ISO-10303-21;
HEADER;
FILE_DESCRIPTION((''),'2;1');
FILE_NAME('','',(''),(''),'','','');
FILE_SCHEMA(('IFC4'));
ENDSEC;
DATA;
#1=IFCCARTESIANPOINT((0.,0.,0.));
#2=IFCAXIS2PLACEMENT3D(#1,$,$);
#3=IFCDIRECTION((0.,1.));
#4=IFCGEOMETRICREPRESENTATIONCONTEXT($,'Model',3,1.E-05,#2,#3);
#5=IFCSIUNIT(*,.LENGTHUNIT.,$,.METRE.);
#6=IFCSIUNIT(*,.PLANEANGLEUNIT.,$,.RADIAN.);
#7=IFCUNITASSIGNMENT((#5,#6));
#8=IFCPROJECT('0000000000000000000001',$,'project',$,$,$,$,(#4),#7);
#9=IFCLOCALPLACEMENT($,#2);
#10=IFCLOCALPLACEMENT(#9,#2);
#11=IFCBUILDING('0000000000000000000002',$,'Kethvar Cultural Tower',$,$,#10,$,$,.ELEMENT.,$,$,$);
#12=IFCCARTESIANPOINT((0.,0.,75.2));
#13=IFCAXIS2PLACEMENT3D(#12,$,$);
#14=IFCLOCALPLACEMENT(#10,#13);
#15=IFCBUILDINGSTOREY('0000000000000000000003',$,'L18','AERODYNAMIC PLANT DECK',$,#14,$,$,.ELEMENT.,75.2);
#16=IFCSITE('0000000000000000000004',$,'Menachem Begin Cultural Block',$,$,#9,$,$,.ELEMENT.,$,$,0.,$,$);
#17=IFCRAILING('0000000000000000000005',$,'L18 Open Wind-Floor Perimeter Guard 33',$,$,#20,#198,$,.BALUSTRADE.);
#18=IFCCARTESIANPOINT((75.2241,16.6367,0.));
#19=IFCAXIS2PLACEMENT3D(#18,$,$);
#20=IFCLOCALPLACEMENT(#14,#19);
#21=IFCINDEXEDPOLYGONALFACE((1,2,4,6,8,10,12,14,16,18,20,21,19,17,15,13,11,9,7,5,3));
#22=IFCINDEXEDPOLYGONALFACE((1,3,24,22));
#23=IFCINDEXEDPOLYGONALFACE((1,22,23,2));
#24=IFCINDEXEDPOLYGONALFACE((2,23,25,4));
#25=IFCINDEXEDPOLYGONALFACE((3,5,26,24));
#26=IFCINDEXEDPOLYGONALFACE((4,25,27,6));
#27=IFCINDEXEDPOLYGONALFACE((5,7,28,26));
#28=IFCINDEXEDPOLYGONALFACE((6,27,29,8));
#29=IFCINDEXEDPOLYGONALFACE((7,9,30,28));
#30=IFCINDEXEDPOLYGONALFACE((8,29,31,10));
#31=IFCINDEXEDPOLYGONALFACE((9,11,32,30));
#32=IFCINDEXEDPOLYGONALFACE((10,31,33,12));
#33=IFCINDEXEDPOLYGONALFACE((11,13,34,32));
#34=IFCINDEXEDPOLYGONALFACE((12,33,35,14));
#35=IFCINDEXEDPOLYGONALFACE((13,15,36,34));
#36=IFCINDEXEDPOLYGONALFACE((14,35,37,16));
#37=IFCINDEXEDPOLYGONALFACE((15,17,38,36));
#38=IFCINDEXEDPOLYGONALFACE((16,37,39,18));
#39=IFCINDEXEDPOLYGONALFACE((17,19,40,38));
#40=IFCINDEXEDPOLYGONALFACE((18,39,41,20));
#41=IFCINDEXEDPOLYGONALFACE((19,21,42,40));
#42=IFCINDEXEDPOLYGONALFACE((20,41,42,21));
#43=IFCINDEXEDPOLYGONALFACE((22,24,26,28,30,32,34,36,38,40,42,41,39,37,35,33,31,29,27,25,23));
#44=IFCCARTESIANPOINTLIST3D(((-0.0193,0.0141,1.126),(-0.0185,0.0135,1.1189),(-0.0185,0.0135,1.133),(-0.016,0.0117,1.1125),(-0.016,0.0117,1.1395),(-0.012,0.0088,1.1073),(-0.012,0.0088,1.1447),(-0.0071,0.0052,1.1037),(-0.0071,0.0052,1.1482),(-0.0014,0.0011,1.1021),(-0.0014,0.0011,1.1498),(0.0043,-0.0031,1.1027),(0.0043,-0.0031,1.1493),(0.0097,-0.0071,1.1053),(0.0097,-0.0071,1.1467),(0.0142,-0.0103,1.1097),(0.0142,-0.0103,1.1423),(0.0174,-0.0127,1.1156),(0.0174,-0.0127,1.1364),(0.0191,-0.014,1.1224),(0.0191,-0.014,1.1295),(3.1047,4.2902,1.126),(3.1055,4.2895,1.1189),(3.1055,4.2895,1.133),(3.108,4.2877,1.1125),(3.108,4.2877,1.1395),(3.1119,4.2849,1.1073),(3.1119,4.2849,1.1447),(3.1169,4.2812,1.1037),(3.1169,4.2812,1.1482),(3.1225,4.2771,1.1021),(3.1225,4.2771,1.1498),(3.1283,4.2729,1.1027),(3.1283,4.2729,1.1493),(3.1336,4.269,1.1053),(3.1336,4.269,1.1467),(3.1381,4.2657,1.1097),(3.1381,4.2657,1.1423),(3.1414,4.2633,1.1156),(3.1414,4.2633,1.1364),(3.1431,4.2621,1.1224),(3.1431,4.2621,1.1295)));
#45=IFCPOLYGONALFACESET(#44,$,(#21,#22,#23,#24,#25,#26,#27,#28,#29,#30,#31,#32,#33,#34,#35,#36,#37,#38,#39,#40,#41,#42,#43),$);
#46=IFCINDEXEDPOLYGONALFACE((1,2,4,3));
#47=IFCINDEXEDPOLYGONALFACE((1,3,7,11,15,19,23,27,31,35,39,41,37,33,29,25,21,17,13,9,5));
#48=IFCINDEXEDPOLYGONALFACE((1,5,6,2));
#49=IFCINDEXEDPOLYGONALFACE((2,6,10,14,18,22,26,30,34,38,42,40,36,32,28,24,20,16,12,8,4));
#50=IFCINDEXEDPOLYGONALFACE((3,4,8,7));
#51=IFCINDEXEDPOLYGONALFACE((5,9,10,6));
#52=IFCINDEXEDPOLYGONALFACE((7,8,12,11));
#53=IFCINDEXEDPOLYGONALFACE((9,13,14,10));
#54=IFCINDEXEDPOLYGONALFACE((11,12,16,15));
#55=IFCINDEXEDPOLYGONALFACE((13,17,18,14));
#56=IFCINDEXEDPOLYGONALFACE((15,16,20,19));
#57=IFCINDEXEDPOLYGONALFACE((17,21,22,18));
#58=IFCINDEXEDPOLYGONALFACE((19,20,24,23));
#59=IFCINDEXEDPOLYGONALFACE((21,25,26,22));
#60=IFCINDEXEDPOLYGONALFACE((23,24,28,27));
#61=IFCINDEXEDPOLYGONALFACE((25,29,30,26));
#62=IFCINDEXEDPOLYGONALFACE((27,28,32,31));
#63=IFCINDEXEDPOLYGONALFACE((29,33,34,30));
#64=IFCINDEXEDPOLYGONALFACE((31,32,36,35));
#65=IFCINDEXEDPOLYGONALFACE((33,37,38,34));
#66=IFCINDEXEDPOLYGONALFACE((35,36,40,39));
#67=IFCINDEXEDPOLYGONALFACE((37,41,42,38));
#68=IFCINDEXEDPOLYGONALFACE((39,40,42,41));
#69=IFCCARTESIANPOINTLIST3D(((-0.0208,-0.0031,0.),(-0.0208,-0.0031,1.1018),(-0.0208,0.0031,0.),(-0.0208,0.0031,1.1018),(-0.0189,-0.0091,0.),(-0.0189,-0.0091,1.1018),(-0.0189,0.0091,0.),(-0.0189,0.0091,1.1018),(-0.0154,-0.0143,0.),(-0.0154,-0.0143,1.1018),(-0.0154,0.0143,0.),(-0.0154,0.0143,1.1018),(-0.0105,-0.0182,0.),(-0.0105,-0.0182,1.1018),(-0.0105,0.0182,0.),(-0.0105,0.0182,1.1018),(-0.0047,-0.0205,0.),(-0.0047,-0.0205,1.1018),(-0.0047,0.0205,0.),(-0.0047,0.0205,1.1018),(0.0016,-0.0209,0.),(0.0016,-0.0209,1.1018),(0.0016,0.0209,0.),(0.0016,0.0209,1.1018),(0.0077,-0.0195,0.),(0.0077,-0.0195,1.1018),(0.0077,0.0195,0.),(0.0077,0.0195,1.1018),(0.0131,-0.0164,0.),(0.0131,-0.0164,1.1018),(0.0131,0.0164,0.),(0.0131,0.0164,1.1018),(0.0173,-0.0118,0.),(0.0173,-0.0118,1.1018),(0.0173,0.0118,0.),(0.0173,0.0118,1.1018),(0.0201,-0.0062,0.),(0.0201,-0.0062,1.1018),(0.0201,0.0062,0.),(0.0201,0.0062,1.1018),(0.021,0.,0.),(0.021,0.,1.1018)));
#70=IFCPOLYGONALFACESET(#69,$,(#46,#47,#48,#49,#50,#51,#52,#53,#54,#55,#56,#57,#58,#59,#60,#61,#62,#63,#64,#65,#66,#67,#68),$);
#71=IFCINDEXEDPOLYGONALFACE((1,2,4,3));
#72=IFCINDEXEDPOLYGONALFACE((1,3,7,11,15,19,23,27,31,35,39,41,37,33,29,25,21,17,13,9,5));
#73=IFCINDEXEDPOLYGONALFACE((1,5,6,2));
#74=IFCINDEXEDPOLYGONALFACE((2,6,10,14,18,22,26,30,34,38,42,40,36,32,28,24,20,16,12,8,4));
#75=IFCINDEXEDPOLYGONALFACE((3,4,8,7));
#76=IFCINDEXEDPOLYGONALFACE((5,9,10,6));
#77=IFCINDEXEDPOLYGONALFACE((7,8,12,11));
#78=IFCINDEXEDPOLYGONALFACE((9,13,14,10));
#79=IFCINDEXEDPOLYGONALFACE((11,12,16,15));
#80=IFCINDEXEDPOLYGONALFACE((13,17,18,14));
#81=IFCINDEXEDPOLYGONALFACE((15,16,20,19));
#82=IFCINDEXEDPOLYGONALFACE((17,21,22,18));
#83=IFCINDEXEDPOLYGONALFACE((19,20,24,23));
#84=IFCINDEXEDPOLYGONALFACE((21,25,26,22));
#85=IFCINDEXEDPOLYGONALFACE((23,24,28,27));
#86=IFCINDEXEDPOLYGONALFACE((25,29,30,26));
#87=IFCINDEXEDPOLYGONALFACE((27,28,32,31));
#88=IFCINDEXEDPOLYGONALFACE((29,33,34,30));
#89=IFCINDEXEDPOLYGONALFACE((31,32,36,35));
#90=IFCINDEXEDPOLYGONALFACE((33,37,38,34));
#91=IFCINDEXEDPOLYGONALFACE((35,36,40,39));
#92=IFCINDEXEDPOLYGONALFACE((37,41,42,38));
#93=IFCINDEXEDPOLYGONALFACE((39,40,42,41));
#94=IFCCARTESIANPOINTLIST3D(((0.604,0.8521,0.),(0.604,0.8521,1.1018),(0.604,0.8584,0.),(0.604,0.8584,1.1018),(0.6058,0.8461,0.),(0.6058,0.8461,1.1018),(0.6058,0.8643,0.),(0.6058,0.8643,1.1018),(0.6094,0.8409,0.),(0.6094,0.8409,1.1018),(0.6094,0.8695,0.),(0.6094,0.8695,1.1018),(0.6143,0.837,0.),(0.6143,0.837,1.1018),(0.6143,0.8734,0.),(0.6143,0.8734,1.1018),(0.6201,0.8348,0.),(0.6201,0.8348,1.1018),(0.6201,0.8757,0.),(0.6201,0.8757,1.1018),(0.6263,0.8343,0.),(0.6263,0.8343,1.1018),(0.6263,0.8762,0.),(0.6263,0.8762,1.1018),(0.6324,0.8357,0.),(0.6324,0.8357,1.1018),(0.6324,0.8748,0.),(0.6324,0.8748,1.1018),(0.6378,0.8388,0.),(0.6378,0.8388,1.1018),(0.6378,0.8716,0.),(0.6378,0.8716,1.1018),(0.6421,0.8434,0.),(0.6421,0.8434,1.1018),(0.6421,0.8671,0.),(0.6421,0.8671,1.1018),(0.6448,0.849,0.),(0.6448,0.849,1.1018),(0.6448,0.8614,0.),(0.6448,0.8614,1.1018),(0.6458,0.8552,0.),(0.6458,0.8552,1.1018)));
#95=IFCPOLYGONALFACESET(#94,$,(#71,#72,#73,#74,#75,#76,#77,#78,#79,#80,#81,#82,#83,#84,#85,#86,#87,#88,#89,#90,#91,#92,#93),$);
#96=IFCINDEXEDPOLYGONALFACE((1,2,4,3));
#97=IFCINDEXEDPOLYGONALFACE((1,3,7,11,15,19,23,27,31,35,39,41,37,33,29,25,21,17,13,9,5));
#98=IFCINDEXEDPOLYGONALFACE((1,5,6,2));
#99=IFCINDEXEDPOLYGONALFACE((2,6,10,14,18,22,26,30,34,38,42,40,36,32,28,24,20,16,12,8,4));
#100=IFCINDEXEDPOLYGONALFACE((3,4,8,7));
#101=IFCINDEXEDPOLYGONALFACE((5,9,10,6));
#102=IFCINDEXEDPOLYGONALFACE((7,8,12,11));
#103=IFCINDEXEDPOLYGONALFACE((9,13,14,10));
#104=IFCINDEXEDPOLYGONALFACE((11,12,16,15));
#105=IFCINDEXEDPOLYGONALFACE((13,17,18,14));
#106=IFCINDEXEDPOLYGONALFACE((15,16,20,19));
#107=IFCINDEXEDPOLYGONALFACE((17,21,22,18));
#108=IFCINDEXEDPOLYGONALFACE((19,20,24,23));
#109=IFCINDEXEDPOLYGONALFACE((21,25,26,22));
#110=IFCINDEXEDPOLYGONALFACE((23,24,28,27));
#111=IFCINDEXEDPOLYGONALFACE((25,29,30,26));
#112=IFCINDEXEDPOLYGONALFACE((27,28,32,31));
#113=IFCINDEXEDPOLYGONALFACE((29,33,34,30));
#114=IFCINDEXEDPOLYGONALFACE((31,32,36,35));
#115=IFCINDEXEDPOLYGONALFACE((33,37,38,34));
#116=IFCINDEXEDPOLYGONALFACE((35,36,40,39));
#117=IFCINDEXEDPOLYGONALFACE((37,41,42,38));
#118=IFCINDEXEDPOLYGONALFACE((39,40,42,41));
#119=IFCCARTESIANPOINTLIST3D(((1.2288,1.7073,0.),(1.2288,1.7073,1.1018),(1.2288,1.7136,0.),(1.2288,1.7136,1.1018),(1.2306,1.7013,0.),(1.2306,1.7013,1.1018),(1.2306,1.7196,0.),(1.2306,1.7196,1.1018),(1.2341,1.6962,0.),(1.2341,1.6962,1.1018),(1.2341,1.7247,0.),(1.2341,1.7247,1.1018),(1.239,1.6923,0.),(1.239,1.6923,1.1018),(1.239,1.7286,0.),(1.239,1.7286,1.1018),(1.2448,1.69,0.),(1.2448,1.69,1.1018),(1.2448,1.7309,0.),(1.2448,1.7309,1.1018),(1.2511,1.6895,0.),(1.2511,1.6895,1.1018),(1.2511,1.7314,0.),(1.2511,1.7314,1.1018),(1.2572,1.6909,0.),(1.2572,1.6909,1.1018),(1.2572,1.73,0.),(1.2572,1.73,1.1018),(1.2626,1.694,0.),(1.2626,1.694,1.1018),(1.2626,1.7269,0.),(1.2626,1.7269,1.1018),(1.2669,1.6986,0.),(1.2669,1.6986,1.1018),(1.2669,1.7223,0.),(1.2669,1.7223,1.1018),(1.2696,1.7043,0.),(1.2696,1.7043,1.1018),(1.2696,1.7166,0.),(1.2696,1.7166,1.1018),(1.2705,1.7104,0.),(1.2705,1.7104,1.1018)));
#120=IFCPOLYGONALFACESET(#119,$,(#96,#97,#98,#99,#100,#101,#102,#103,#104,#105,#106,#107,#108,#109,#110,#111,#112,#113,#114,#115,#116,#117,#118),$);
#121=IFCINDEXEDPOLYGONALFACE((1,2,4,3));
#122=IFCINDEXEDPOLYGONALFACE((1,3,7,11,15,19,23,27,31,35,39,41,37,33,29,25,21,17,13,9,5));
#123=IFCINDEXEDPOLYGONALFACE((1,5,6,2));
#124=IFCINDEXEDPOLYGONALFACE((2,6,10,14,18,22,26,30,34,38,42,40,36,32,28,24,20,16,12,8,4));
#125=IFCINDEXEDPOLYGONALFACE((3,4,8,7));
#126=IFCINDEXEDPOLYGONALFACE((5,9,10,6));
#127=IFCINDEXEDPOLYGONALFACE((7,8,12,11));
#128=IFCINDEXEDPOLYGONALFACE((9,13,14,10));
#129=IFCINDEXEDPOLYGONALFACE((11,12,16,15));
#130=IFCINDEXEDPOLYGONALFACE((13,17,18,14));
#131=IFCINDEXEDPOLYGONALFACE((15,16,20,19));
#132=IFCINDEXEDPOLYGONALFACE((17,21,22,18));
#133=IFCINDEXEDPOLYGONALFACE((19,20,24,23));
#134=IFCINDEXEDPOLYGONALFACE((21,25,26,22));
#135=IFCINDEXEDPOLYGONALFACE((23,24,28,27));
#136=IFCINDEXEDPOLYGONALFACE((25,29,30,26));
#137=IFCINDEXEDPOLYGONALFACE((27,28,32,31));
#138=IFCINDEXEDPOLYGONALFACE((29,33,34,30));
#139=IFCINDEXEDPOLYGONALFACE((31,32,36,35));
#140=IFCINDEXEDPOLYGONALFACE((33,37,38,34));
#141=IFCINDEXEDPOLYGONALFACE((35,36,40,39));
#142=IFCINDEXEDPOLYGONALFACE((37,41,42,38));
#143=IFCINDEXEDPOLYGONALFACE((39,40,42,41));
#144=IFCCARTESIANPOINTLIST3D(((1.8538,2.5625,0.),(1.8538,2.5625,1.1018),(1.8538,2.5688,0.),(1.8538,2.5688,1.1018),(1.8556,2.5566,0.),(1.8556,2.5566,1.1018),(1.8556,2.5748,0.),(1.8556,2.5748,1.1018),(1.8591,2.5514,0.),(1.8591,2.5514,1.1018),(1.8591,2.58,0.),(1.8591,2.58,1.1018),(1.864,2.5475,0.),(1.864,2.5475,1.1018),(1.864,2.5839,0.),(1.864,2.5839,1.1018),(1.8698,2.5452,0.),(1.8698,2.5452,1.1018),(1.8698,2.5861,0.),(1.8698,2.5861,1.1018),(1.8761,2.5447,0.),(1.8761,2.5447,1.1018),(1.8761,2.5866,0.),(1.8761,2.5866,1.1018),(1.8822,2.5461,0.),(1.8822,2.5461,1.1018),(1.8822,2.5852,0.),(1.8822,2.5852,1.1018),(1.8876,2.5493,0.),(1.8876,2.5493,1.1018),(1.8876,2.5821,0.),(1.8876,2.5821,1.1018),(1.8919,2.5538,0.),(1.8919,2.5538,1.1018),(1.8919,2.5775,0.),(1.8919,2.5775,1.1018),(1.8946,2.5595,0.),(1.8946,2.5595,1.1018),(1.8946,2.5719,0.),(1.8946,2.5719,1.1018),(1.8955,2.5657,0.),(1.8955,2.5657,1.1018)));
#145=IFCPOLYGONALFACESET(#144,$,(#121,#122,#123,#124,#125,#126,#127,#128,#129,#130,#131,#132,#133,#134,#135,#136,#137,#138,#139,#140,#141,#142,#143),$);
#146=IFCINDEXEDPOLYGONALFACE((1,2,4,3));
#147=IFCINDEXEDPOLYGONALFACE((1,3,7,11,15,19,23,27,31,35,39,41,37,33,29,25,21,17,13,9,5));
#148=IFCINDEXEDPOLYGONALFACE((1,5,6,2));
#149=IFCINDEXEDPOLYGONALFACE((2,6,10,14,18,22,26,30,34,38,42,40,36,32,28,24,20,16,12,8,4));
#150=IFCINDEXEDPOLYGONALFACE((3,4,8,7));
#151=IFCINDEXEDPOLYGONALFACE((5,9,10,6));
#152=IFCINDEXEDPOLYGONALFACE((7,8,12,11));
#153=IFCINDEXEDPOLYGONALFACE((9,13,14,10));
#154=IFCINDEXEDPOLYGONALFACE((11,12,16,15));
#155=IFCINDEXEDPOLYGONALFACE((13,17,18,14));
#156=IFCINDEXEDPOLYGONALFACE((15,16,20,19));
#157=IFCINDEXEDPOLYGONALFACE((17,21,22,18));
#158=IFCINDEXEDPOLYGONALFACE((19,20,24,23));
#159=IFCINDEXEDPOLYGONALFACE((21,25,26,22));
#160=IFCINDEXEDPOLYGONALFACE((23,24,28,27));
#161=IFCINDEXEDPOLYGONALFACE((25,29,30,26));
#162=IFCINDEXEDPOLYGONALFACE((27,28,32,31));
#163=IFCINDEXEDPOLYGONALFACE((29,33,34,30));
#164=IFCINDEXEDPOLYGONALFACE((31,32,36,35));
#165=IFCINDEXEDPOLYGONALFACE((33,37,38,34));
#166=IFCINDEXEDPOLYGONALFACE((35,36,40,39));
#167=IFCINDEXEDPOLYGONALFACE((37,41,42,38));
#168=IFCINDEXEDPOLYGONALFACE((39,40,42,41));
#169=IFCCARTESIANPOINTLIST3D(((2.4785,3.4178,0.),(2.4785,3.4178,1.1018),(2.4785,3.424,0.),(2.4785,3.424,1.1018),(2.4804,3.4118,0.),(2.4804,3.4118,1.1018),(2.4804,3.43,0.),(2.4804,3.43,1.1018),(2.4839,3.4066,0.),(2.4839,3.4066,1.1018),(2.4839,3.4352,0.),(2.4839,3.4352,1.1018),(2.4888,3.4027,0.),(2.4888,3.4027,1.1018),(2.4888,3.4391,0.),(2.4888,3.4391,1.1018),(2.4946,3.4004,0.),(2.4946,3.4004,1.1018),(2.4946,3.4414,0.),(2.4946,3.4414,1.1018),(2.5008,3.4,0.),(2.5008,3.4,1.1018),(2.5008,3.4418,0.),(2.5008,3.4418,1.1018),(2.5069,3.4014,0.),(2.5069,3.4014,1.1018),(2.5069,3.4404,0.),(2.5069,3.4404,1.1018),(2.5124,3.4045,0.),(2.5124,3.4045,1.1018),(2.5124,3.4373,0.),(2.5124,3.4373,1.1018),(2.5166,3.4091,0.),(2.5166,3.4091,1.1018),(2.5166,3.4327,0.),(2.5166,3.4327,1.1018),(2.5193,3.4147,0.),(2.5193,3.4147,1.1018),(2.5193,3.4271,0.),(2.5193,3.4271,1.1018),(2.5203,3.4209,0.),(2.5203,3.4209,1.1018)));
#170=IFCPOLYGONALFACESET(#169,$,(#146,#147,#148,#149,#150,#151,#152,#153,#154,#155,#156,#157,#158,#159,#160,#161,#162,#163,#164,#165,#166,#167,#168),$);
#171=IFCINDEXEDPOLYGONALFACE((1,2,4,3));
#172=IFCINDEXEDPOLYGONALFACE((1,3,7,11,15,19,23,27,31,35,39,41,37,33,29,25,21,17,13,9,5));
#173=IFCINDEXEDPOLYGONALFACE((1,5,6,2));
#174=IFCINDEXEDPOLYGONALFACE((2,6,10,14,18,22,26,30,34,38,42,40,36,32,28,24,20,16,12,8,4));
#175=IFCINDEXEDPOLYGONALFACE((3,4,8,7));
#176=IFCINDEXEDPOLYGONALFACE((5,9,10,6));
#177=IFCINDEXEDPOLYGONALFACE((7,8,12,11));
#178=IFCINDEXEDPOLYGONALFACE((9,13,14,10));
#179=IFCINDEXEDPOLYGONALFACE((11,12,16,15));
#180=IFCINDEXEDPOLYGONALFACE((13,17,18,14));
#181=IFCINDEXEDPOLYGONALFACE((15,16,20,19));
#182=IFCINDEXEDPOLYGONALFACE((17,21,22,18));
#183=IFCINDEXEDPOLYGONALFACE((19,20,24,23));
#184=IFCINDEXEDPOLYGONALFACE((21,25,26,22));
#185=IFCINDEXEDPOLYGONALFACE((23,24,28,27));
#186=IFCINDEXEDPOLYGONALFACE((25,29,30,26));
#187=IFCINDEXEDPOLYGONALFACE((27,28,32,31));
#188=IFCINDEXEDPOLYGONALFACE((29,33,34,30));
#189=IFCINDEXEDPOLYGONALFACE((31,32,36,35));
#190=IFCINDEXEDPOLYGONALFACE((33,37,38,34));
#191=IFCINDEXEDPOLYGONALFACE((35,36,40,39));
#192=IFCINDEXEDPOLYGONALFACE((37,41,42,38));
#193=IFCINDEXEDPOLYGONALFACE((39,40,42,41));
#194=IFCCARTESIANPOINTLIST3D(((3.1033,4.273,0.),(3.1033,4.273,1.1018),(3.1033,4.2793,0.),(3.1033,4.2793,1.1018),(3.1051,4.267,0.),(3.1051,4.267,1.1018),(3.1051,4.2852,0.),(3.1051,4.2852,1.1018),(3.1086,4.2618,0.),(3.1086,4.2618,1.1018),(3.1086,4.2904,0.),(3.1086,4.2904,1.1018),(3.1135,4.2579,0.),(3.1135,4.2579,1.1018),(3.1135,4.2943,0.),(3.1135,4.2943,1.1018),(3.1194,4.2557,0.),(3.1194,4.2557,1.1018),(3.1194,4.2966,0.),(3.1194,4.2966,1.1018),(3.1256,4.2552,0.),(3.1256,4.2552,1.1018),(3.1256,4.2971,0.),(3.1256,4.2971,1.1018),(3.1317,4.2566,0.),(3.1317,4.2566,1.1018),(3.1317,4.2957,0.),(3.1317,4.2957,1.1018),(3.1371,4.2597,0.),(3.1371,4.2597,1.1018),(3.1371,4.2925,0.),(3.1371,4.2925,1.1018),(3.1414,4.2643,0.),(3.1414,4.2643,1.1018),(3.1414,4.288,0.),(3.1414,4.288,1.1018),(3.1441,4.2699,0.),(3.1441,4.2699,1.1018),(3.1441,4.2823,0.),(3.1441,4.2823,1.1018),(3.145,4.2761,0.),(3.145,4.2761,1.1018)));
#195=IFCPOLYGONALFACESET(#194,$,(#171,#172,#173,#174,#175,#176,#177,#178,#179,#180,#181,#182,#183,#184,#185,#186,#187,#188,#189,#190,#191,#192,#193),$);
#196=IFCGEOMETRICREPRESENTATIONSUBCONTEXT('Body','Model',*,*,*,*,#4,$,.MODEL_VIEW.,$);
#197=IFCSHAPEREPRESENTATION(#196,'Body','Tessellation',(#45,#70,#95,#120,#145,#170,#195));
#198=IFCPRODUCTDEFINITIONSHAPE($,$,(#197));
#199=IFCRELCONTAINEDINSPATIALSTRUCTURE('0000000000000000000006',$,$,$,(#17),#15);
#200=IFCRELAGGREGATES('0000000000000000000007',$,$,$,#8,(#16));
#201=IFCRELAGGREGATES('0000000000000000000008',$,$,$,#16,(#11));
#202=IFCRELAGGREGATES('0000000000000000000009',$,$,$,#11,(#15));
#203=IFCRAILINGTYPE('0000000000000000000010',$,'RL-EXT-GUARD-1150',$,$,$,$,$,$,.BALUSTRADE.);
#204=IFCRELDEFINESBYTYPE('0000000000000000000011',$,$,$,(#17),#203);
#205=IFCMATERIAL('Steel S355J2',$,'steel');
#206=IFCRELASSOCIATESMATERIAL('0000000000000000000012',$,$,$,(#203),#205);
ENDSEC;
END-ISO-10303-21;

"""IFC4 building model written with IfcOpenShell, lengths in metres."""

from ifc_helpers import new_model, si_unit, direction, frame, origin, origin_2d, place, context, subcontext, project, spatial, circle, extrude, material, type_object, element, save


model = new_model("IFC4")

# Units and contexts
model_context = context("Model", 3, precision=1e-05, world=origin(), true_north=direction((0.0, 1.0)))
body_context = subcontext(model_context, "Body", "Model", "MODEL_VIEW")
ifc_project = project(units=[si_unit("LENGTHUNIT", "METRE"), si_unit("PLANEANGLEUNIT", "RADIAN")], contexts=[model_context])

# Site, building, storey
site_placement = place(None, origin())
site = spatial("IfcSite", under=ifc_project, at=site_placement, Name="Menachem Begin Cultural Block", CompositionType="ELEMENT", RefElevation=0.0)
building_placement = place(site_placement, origin())
building = spatial("IfcBuilding", under=site, at=building_placement, Name="Kethvar Cultural Tower", CompositionType="ELEMENT")
storey_placement = place(building_placement, frame((0.0, 0.0, 75.2)))
storey = spatial("IfcBuildingStorey", under=building, at=storey_placement, Name="L18", Description="AERODYNAMIC PLANT DECK", CompositionType="ELEMENT", Elevation=75.2)

# Shared definitions
ifc_material_1 = material(Name="Steel S355J2", Category="steel")

# Railing
railing_type = type_object("IfcRailingType", Name="RL-EXT-GUARD-1150", PredefinedType="BALUSTRADE", material=ifc_material_1)
railing_1_placement = place(storey_placement, frame((75.2241, 16.6367, 0.0)))
element("IfcRailing", 1, at=railing_1_placement, inside=storey, type_object=railing_type, Name="L18 Open Wind-Floor Perimeter Guard 33", PredefinedType="BALUSTRADE", context=body_context, shape_type="SweptSolid", body=[
    extrude(circle(Radius=0.0239, at=origin_2d()), frame((0.0, 0.0, 1.126), z_axis=(0.589914, 0.807466, 0.0), x_axis=(-0.807466, 0.589914, 0.0)), (0.0, 0.0, 1.0), 5.2957),
    extrude(circle(Radius=0.021, at=origin_2d()), origin(), (0.0, 0.0, 1.0), 1.1018),
    extrude(circle(Radius=0.021, at=origin_2d()), frame((0.6248, 0.8552, 0.0)), (0.0, 0.0, 1.0), 1.1018),
    extrude(circle(Radius=0.021, at=origin_2d()), frame((1.2495, 1.7104, 0.0)), (0.0, 0.0, 1.0), 1.1018),
    extrude(circle(Radius=0.021, at=origin_2d()), frame((1.8745, 2.5657, 0.0)), (0.0, 0.0, 1.0), 1.1018),
    extrude(circle(Radius=0.021, at=origin_2d()), frame((2.4993, 3.4209, 0.0)), (0.0, 0.0, 1.0), 1.1018),
    extrude(circle(Radius=0.021, at=origin_2d()), frame((3.124, 4.2761, 0.0)), (0.0, 0.0, 1.0), 1.1018),
])

save(model, "model.ifc")
